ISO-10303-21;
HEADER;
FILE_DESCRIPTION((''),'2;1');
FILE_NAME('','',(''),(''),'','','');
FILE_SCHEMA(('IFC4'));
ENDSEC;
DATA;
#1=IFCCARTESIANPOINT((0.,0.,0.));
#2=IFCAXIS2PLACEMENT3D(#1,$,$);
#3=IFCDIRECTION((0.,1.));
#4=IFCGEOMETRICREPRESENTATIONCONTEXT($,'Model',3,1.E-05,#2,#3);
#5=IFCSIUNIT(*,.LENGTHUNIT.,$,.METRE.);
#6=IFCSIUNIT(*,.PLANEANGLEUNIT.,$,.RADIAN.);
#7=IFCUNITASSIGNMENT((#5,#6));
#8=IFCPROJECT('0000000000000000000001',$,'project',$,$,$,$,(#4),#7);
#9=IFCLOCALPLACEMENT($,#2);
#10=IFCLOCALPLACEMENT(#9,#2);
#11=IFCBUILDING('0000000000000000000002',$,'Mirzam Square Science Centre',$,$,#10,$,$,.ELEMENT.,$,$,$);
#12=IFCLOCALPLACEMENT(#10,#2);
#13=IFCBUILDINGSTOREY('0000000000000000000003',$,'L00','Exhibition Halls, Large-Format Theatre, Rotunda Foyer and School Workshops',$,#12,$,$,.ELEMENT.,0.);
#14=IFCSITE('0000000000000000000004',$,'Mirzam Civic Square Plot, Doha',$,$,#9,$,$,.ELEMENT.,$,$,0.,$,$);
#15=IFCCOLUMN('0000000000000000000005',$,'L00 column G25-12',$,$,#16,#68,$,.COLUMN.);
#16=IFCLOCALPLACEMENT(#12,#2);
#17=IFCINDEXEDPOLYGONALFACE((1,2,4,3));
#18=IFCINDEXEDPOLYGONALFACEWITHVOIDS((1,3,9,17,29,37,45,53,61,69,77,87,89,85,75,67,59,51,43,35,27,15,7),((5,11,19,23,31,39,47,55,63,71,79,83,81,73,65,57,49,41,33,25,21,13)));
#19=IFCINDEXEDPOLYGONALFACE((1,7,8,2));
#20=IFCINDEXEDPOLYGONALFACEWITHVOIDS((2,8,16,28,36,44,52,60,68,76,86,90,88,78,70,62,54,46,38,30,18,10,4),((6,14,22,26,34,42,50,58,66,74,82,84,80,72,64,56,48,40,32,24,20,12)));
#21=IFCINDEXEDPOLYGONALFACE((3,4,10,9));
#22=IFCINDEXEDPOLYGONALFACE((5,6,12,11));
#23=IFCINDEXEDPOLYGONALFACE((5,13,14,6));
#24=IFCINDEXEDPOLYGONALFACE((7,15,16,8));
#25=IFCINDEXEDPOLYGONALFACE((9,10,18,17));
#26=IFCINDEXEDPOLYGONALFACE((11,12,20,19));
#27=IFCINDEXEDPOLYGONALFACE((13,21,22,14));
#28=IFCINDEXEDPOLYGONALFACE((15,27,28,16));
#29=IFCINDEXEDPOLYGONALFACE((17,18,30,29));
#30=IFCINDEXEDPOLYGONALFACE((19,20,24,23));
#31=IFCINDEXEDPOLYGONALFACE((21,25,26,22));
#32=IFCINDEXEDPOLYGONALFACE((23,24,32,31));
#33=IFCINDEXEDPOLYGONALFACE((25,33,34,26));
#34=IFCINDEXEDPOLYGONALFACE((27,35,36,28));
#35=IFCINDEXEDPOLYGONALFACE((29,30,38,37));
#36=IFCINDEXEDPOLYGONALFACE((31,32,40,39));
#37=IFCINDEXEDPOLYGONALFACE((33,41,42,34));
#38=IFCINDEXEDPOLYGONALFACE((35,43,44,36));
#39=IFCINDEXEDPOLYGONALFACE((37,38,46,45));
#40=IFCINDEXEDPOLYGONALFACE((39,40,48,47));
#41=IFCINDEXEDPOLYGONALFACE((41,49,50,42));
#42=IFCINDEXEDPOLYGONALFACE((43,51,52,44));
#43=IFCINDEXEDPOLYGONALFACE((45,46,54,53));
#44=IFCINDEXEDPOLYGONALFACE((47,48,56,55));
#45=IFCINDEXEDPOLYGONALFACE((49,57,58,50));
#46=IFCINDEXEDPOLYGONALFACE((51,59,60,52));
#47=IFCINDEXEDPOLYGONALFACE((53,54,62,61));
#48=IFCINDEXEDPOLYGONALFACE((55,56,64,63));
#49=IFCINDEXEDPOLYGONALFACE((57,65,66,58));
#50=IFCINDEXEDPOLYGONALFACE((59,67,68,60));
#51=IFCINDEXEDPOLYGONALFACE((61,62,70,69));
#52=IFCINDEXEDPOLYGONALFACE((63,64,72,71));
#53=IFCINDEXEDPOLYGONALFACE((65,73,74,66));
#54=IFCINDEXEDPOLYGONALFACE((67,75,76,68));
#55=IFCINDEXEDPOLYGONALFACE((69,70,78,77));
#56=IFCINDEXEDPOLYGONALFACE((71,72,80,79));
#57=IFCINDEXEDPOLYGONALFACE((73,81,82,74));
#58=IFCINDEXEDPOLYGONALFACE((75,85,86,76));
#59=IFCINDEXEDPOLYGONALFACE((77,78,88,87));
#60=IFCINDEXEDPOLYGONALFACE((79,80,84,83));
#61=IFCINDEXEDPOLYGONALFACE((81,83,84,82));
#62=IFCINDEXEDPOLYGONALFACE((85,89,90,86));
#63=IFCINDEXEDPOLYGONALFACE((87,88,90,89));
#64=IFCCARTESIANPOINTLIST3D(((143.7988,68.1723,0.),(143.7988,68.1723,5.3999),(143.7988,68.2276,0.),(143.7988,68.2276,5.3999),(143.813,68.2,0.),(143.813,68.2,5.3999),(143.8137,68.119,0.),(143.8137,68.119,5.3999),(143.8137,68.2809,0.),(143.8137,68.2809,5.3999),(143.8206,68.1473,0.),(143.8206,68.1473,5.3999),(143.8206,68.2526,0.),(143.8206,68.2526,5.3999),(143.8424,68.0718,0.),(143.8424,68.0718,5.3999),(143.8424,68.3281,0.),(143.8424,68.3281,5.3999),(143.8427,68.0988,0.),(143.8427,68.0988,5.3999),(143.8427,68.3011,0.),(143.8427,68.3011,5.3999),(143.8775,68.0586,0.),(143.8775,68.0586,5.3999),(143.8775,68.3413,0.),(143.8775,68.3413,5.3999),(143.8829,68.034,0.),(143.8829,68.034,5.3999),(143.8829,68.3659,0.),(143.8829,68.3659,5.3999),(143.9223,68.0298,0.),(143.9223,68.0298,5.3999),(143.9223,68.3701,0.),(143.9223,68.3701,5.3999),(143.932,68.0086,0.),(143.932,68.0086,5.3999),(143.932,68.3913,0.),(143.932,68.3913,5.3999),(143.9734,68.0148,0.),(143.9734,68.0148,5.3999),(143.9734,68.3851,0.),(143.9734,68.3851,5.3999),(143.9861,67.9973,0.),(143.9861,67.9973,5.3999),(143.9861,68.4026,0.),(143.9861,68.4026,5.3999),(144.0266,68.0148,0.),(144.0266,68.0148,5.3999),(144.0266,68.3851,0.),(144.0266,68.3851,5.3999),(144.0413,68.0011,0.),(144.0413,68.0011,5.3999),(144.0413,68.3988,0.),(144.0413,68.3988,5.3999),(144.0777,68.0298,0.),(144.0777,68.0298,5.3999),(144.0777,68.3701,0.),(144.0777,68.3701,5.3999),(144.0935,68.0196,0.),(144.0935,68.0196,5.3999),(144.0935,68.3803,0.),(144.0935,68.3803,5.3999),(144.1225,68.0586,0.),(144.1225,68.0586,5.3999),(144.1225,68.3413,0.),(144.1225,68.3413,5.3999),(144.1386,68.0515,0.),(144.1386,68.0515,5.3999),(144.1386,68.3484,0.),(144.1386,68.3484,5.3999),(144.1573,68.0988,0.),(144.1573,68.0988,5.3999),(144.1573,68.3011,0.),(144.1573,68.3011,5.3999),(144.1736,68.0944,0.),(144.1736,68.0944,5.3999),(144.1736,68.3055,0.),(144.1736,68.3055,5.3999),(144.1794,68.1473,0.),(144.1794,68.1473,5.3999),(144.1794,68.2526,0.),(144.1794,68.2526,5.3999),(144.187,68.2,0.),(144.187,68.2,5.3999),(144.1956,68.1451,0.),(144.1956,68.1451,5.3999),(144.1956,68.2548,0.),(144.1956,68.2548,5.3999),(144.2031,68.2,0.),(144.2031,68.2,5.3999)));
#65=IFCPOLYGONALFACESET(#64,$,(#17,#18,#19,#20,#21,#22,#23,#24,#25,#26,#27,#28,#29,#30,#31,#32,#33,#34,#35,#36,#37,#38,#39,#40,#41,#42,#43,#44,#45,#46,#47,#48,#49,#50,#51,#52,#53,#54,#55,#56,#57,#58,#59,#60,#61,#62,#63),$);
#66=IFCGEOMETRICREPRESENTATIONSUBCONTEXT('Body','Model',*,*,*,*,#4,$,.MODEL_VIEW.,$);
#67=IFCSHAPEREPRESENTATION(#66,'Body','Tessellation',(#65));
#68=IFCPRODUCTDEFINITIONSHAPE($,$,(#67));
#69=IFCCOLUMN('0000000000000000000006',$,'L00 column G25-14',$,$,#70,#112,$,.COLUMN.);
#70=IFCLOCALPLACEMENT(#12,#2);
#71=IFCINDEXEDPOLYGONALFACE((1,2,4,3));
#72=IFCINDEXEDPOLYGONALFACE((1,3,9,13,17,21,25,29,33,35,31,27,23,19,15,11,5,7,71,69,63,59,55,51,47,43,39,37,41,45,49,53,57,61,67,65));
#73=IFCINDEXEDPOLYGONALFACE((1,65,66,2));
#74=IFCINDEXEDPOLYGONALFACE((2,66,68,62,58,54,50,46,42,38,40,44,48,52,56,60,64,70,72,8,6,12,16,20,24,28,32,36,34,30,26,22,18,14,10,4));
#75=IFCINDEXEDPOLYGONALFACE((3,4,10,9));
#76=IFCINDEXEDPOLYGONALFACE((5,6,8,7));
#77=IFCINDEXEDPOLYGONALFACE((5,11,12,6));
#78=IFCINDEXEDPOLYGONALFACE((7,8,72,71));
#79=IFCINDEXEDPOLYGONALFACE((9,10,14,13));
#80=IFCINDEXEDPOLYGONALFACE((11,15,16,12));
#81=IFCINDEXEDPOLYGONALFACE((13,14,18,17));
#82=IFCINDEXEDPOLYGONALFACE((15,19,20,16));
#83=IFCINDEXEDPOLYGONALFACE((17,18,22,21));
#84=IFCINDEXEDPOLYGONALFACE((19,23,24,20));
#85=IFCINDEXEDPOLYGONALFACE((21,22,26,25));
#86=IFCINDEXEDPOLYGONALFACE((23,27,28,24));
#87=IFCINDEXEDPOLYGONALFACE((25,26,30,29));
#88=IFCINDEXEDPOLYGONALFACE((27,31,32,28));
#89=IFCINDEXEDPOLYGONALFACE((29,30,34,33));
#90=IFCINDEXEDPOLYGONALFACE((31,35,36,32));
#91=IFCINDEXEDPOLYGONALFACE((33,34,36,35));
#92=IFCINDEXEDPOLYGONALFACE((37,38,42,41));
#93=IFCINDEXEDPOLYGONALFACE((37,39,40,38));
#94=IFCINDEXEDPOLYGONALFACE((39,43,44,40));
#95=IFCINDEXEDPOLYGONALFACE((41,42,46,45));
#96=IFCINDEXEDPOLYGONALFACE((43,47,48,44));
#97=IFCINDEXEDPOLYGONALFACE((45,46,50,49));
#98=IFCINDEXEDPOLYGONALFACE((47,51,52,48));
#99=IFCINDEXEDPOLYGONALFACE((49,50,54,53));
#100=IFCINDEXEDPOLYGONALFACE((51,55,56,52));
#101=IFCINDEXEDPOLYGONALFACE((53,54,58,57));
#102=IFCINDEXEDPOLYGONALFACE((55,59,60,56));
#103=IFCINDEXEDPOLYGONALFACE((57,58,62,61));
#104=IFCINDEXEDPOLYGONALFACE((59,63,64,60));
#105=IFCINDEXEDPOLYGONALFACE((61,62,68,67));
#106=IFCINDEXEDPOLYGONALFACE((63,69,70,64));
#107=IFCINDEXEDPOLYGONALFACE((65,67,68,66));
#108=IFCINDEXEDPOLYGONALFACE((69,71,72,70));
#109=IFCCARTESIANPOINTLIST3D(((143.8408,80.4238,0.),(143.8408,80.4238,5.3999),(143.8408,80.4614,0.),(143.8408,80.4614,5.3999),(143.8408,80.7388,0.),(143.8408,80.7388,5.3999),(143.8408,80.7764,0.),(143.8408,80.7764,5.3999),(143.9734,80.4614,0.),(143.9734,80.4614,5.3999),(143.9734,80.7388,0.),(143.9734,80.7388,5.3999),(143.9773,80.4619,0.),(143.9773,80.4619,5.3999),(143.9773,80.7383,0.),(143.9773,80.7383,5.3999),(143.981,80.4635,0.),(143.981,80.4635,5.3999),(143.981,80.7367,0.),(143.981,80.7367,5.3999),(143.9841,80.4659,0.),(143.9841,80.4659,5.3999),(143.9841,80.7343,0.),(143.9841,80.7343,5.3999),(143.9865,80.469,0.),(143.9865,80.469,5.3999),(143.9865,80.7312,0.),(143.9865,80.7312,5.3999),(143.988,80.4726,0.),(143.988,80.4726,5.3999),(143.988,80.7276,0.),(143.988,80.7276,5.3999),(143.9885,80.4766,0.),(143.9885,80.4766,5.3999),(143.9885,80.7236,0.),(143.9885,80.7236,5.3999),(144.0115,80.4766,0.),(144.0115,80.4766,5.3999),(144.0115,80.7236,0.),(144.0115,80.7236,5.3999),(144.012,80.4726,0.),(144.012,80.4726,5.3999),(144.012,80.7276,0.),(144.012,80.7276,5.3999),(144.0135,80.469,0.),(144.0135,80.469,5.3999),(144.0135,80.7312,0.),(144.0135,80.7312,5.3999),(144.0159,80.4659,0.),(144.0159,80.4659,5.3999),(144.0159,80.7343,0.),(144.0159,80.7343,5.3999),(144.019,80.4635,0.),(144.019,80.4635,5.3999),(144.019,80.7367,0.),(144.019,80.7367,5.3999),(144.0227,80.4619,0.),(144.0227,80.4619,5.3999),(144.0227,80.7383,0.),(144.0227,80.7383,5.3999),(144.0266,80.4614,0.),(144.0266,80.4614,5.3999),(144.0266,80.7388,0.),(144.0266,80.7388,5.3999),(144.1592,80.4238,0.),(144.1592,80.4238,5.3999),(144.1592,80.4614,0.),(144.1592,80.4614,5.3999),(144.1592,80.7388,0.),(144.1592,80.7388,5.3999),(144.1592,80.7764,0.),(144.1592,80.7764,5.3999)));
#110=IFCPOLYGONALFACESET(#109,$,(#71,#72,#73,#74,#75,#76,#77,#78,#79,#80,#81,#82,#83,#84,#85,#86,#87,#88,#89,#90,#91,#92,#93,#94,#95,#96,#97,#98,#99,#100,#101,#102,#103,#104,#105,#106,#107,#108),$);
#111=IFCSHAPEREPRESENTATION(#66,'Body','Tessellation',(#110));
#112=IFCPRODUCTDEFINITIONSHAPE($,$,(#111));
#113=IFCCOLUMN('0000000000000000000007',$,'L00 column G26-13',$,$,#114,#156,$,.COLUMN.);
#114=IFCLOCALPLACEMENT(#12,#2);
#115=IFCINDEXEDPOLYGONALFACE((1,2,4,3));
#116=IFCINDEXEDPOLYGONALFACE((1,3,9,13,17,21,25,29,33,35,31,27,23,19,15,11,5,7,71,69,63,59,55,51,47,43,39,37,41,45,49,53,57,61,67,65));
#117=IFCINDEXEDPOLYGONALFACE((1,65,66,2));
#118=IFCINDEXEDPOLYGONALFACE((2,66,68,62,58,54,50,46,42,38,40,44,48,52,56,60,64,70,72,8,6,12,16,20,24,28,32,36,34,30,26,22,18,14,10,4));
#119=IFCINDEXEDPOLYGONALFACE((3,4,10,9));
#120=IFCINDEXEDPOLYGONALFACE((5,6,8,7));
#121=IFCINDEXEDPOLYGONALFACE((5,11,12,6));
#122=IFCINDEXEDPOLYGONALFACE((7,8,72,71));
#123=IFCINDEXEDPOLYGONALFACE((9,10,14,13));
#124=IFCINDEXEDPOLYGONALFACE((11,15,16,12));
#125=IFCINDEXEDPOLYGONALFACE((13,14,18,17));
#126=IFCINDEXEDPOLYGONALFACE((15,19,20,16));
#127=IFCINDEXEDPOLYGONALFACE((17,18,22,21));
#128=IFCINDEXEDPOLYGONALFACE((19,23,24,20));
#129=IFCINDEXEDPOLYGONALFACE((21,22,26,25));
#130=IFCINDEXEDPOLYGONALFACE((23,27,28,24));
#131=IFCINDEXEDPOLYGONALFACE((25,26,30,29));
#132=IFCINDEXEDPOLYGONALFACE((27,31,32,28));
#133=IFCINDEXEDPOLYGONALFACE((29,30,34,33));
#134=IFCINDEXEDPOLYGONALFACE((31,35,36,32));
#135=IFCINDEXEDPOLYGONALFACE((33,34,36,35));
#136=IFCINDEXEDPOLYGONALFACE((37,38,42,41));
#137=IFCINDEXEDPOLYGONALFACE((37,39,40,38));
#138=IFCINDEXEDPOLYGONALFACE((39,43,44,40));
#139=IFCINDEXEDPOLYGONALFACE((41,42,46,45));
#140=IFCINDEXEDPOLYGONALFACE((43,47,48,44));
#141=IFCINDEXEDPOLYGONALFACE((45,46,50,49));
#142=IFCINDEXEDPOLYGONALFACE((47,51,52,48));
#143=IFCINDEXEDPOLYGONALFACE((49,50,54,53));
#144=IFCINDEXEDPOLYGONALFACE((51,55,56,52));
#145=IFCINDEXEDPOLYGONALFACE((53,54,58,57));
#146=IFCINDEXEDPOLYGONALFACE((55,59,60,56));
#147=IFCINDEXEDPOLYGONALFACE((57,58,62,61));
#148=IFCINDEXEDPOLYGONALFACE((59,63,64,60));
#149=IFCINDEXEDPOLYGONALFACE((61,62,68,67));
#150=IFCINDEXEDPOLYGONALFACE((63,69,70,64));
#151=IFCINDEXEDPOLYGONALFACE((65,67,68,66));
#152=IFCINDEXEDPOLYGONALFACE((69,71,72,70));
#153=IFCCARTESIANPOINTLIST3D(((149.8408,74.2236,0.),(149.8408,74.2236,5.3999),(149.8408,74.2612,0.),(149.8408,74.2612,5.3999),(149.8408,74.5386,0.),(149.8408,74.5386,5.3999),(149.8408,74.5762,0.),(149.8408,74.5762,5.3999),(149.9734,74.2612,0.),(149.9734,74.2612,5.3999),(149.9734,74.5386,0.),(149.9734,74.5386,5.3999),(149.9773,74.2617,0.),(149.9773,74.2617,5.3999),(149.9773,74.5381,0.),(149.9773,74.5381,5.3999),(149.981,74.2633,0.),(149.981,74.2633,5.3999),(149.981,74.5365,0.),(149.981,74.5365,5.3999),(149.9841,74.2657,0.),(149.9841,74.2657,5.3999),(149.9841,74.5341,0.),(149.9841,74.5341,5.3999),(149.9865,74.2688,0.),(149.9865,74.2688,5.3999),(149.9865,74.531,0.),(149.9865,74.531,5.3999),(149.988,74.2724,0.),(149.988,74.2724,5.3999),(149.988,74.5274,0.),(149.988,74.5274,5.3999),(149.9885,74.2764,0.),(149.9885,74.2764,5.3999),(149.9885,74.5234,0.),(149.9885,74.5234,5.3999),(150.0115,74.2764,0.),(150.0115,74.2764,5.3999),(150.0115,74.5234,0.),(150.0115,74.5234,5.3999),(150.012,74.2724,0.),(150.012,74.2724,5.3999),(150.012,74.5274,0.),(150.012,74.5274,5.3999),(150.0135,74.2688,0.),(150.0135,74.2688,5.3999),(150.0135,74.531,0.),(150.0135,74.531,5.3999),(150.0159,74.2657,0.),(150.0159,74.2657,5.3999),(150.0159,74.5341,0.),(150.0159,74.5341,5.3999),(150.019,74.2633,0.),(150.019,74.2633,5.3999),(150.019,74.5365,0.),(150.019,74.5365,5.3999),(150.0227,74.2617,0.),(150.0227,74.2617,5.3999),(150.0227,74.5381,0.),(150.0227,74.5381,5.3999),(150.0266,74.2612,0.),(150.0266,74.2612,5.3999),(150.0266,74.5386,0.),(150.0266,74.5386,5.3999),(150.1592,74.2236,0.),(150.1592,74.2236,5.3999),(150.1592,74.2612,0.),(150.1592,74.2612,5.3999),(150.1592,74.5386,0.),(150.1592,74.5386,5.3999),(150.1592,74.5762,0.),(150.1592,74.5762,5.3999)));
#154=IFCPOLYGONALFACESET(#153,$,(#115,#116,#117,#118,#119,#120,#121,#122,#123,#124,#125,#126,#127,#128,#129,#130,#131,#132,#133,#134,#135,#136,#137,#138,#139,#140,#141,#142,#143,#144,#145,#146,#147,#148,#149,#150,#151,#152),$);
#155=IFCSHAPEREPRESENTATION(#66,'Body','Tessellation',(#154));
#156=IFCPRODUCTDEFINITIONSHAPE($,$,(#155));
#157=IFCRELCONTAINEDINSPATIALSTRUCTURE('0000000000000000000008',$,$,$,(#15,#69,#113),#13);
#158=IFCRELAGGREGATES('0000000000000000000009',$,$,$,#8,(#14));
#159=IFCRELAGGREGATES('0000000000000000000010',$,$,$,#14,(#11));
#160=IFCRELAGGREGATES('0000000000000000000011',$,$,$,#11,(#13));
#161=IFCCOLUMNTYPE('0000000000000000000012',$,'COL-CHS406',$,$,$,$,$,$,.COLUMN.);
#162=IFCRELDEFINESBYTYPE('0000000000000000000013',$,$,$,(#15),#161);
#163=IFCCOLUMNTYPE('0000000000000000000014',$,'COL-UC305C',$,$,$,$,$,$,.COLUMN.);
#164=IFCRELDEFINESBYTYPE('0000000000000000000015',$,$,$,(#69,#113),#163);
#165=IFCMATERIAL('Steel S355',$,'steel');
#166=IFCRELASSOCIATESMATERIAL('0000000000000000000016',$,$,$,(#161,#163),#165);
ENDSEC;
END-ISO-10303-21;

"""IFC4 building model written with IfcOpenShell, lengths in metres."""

from ifc_helpers import new_model, si_unit, direction, frame, origin, origin_2d, place, context, subcontext, project, spatial, hollow_circle, i_section, extrude, material, material_profile, profile_set, type_object, element, save


model = new_model("IFC4")

# Units and contexts
model_context = context("Model", 3, precision=1e-05, world=origin(), true_north=direction((0.0, 1.0)))
body_context = subcontext(model_context, "Body", "Model", "MODEL_VIEW")
ifc_project = project(units=[si_unit("LENGTHUNIT", "METRE"), si_unit("PLANEANGLEUNIT", "RADIAN")], contexts=[model_context])

# Site, building, storey
site_placement = place(None, origin())
site = spatial("IfcSite", under=ifc_project, at=site_placement, Name="Mirzam Civic Square Plot, Doha", CompositionType="ELEMENT", RefElevation=0.0)
building_placement = place(site_placement, origin())
building = spatial("IfcBuilding", under=site, at=building_placement, Name="Mirzam Square Science Centre", CompositionType="ELEMENT")
storey_placement = place(building_placement, origin())
storey = spatial("IfcBuildingStorey", under=building, at=storey_placement, Name="L00", Description="Exhibition Halls, Large-Format Theatre, Rotunda Foyer and School Workshops", CompositionType="ELEMENT", Elevation=0.0)

# Columns
ifc_material = material(Name="Steel S355", Category="steel")
ifc_material_profile_1 = material_profile(ifc_material, hollow_circle(Radius=0.2031, WallThickness=0.0161, at=origin_2d()), Name="406.4x16.0CHS")
ifc_profile_set_1 = profile_set([ifc_material_profile_1], Name="Steel S355")
column_type_1 = type_object("IfcColumnType", Name="COL-CHS406", PredefinedType="COLUMN", material=ifc_profile_set_1)
column_placement = place(storey_placement, frame((144.0, 68.2, 0.0), z_axis=(0.0, 0.0, 1.0), x_axis=(1.0, 0.0, 0.0)))
element("IfcColumn", 1, at=column_placement, inside=storey, type_object=column_type_1, Name="L00 column G25-12", PredefinedType="COLUMN", context=body_context, shape_type="SweptSolid", body=[
    extrude(hollow_circle(Radius=0.2031, WallThickness=0.0161, at=origin_2d()), origin(), (0.0, 0.0, 1.0), 5.3999),
])
ifc_material_profile_2 = material_profile(ifc_material, i_section(OverallWidth=0.3184, OverallDepth=0.3525, WebThickness=0.0229, FlangeThickness=0.0376, FilletRadius=0.0151, at=origin_2d()), Name="305x305x240UC")
ifc_profile_set_2 = profile_set([ifc_material_profile_2], Name="Steel S355")
column_type_2 = type_object("IfcColumnType", Name="COL-UC305C", PredefinedType="COLUMN", material=ifc_profile_set_2)
for number, where, z_axis, x_axis, name in (
    (2, (144.0, 80.6001, 0.0), (0.0, 0.0, 1.0), (1.0, 0.0, 0.0), "L00 column G25-14"),
    (3, (150.0, 74.3999, 0.0), (0.0, 0.0, 1.0), (1.0, 0.0, 0.0), "L00 column G26-13"),
):
    element("IfcColumn", number, at=place(storey_placement, frame(where, z_axis=z_axis, x_axis=x_axis)), inside=storey, type_object=column_type_2, Name=name, PredefinedType="COLUMN", context=body_context, shape_type="SweptSolid", body=[
        extrude(i_section(OverallWidth=0.3184, OverallDepth=0.3525, WebThickness=0.0229, FlangeThickness=0.0376, FilletRadius=0.0151, at=origin_2d()), origin(), (0.0, 0.0, 1.0), 5.3999),
    ])

save(model, "model.ifc")
